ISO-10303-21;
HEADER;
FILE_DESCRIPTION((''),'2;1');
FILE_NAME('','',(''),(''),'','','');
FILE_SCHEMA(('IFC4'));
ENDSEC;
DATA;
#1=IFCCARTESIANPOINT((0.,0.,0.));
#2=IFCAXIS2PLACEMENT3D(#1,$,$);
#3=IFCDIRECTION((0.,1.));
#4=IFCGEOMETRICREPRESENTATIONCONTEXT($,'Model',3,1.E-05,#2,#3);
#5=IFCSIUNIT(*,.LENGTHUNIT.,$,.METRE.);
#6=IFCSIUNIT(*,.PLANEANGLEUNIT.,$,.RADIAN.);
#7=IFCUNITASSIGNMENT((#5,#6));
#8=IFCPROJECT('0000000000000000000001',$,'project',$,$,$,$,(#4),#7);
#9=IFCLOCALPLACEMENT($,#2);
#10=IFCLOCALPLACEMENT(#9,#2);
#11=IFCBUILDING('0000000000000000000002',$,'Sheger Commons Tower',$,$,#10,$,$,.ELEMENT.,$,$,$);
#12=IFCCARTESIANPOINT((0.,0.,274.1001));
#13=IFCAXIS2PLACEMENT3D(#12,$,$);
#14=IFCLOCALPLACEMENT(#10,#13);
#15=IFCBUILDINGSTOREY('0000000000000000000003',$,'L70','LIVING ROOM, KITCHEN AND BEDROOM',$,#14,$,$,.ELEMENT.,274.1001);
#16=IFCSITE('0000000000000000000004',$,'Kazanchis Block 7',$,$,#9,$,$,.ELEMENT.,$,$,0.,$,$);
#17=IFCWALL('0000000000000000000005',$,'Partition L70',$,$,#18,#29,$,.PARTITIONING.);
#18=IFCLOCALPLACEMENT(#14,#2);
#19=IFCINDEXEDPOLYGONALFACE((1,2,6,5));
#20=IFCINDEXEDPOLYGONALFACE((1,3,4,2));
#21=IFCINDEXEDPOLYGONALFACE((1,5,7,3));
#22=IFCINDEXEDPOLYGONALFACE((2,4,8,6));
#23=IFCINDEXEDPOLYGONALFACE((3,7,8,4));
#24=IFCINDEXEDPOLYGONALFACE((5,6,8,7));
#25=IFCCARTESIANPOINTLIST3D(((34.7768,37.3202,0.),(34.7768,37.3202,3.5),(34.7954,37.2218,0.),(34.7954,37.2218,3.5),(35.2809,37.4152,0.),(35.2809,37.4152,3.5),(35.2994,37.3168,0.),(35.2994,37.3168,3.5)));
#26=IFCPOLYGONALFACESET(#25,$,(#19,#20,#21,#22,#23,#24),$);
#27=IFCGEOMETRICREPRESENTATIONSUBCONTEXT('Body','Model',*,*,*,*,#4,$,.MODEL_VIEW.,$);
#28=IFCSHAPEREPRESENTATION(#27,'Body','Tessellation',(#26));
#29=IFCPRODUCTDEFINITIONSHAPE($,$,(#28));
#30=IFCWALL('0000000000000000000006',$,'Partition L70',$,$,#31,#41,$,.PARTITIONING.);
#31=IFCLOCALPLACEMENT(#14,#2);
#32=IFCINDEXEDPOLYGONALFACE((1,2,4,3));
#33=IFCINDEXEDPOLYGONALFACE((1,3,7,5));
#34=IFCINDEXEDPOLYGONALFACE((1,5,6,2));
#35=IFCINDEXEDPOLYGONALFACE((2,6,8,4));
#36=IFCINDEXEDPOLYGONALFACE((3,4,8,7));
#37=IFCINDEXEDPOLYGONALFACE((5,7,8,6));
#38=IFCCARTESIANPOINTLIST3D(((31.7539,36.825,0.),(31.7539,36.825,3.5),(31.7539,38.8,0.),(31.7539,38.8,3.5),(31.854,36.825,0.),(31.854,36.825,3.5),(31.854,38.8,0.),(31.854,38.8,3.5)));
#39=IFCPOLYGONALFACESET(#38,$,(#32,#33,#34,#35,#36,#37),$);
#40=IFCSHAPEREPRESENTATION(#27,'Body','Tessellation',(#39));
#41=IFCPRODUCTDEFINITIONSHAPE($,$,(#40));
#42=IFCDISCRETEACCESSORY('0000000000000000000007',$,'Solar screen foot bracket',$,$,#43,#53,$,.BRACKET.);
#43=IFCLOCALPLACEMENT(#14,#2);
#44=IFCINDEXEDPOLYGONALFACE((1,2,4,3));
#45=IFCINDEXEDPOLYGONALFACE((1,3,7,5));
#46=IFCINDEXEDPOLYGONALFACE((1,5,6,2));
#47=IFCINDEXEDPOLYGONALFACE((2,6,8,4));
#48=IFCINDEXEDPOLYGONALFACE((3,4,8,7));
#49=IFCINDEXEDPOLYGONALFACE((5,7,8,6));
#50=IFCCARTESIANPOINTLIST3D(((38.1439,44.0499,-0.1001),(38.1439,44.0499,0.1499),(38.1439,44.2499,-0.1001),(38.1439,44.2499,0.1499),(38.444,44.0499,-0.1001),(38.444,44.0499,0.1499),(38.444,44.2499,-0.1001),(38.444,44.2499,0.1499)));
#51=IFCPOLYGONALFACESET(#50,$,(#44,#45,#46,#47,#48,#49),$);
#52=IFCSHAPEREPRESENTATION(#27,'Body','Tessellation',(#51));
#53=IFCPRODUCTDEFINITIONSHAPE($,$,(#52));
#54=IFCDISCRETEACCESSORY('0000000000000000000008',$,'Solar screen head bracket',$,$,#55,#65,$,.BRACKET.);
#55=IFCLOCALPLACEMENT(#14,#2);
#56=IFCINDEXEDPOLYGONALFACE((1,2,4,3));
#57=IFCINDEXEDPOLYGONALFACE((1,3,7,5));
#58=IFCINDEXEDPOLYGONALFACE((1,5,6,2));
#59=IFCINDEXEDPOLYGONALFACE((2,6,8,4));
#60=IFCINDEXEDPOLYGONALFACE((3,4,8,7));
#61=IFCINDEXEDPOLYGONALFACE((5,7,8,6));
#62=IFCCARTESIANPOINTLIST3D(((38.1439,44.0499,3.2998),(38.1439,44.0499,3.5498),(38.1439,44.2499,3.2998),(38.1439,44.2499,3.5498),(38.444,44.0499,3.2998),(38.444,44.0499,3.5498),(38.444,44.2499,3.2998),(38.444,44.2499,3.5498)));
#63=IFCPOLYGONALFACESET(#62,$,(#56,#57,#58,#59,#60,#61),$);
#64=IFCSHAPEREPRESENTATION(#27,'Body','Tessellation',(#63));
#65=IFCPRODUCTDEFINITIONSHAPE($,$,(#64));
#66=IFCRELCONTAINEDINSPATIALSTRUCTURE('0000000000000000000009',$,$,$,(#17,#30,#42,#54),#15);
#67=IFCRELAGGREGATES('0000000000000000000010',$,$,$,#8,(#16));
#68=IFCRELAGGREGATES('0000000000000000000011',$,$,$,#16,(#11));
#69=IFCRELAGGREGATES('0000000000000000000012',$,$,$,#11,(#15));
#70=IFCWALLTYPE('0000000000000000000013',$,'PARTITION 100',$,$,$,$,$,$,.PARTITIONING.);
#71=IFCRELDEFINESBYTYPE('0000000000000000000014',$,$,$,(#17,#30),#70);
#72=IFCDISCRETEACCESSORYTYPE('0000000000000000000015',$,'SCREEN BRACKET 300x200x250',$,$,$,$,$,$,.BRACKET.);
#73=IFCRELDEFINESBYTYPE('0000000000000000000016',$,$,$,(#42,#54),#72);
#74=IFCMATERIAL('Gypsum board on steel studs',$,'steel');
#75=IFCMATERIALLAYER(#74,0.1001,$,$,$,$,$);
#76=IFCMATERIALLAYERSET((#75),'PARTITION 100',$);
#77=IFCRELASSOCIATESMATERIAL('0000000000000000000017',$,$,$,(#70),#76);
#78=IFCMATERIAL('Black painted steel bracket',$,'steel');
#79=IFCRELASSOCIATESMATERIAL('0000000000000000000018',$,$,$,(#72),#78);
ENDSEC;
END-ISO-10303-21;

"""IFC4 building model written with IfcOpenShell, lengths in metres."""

from ifc_helpers import new_model, si_unit, direction, frame, frame_2d, origin, origin_2d, place, context, subcontext, project, spatial, rectangle, extrude, material, layer, layer_set, type_object, element, save


model = new_model("IFC4")

# Units and contexts
model_context = context("Model", 3, precision=1e-05, world=origin(), true_north=direction((0.0, 1.0)))
body_context = subcontext(model_context, "Body", "Model", "MODEL_VIEW")
ifc_project = project(units=[si_unit("LENGTHUNIT", "METRE"), si_unit("PLANEANGLEUNIT", "RADIAN")], contexts=[model_context])

# Site, building, storey
site_placement = place(None, origin())
site = spatial("IfcSite", under=ifc_project, at=site_placement, Name="Kazanchis Block 7", CompositionType="ELEMENT", RefElevation=0.0)
building_placement = place(site_placement, origin())
building = spatial("IfcBuilding", under=site, at=building_placement, Name="Sheger Commons Tower", CompositionType="ELEMENT")
storey_placement = place(building_placement, frame((0.0, 0.0, 274.1001)))
storey = spatial("IfcBuildingStorey", under=building, at=storey_placement, Name="L70", Description="LIVING ROOM, KITCHEN AND BEDROOM", CompositionType="ELEMENT", Elevation=274.1001)

# Shared definitions
ifc_material_1 = material(Name="Gypsum board on steel studs", Category="steel")
ifc_layer_1 = layer(ifc_material_1, 0.1001)
ifc_layer_set_1 = layer_set([ifc_layer_1], Name="PARTITION 100")
wall_type_1 = type_object("IfcWallType", Name="PARTITION 100", PredefinedType="PARTITIONING", material=ifc_layer_set_1)

# Walls
wall_1_placement = place(storey_placement, frame((35.29, 37.366, 0.0), z_axis=(0.0, 0.0, 1.0), x_axis=(-0.982716, -0.185122, 0.0)))
element("IfcWall", 1, at=wall_1_placement, inside=storey, type_object=wall_type_1, Name="Partition L70", PredefinedType="PARTITIONING", context=body_context, shape_type="SweptSolid", body=[
    extrude(rectangle(XDim=0.5129, YDim=0.1001, at=frame_2d((0.2563, 0.0))), origin(), (0.0, 0.0, 1.0), 3.5),
])
wall_2_placement = place(storey_placement, frame((31.804, 36.825, 0.0), z_axis=(0.0, 0.0, 1.0), x_axis=(0.0, 1.0, 0.0)))
element("IfcWall", 2, at=wall_2_placement, inside=storey, type_object=wall_type_1, Name="Partition L70", PredefinedType="PARTITIONING", context=body_context, shape_type="SweptSolid", body=[
    extrude(rectangle(XDim=1.9751, YDim=0.1001, at=frame_2d((0.9875, 0.0))), origin(), (0.0, 0.0, 1.0), 3.5),
])

# Discrete accessories
ifc_material_2 = material(Name="Black painted steel bracket", Category="steel")
discrete_accessory_type = type_object("IfcDiscreteAccessoryType", Name="SCREEN BRACKET 300x200x250", PredefinedType="BRACKET", material=ifc_material_2)
for number, where, z_axis, x_axis, name in (
    (3, (38.2939, 44.1499, -0.1001), (0.0, 0.0, 1.0), (-1.0, 0.0, 0.0), "Solar screen foot bracket"),
    (4, (38.2939, 44.1499, 3.2998), (0.0, 0.0, 1.0), (-1.0, 0.0, 0.0), "Solar screen head bracket"),
):
    element("IfcDiscreteAccessory", number, at=place(storey_placement, frame(where, z_axis=z_axis, x_axis=x_axis)), inside=storey, type_object=discrete_accessory_type, Name=name, PredefinedType="BRACKET", context=body_context, shape_type="SweptSolid", body=[
        extrude(rectangle(XDim=0.3, YDim=0.2, at=origin_2d()), origin(), (0.0, 0.0, 1.0), 0.25),
    ])

save(model, "model.ifc")
